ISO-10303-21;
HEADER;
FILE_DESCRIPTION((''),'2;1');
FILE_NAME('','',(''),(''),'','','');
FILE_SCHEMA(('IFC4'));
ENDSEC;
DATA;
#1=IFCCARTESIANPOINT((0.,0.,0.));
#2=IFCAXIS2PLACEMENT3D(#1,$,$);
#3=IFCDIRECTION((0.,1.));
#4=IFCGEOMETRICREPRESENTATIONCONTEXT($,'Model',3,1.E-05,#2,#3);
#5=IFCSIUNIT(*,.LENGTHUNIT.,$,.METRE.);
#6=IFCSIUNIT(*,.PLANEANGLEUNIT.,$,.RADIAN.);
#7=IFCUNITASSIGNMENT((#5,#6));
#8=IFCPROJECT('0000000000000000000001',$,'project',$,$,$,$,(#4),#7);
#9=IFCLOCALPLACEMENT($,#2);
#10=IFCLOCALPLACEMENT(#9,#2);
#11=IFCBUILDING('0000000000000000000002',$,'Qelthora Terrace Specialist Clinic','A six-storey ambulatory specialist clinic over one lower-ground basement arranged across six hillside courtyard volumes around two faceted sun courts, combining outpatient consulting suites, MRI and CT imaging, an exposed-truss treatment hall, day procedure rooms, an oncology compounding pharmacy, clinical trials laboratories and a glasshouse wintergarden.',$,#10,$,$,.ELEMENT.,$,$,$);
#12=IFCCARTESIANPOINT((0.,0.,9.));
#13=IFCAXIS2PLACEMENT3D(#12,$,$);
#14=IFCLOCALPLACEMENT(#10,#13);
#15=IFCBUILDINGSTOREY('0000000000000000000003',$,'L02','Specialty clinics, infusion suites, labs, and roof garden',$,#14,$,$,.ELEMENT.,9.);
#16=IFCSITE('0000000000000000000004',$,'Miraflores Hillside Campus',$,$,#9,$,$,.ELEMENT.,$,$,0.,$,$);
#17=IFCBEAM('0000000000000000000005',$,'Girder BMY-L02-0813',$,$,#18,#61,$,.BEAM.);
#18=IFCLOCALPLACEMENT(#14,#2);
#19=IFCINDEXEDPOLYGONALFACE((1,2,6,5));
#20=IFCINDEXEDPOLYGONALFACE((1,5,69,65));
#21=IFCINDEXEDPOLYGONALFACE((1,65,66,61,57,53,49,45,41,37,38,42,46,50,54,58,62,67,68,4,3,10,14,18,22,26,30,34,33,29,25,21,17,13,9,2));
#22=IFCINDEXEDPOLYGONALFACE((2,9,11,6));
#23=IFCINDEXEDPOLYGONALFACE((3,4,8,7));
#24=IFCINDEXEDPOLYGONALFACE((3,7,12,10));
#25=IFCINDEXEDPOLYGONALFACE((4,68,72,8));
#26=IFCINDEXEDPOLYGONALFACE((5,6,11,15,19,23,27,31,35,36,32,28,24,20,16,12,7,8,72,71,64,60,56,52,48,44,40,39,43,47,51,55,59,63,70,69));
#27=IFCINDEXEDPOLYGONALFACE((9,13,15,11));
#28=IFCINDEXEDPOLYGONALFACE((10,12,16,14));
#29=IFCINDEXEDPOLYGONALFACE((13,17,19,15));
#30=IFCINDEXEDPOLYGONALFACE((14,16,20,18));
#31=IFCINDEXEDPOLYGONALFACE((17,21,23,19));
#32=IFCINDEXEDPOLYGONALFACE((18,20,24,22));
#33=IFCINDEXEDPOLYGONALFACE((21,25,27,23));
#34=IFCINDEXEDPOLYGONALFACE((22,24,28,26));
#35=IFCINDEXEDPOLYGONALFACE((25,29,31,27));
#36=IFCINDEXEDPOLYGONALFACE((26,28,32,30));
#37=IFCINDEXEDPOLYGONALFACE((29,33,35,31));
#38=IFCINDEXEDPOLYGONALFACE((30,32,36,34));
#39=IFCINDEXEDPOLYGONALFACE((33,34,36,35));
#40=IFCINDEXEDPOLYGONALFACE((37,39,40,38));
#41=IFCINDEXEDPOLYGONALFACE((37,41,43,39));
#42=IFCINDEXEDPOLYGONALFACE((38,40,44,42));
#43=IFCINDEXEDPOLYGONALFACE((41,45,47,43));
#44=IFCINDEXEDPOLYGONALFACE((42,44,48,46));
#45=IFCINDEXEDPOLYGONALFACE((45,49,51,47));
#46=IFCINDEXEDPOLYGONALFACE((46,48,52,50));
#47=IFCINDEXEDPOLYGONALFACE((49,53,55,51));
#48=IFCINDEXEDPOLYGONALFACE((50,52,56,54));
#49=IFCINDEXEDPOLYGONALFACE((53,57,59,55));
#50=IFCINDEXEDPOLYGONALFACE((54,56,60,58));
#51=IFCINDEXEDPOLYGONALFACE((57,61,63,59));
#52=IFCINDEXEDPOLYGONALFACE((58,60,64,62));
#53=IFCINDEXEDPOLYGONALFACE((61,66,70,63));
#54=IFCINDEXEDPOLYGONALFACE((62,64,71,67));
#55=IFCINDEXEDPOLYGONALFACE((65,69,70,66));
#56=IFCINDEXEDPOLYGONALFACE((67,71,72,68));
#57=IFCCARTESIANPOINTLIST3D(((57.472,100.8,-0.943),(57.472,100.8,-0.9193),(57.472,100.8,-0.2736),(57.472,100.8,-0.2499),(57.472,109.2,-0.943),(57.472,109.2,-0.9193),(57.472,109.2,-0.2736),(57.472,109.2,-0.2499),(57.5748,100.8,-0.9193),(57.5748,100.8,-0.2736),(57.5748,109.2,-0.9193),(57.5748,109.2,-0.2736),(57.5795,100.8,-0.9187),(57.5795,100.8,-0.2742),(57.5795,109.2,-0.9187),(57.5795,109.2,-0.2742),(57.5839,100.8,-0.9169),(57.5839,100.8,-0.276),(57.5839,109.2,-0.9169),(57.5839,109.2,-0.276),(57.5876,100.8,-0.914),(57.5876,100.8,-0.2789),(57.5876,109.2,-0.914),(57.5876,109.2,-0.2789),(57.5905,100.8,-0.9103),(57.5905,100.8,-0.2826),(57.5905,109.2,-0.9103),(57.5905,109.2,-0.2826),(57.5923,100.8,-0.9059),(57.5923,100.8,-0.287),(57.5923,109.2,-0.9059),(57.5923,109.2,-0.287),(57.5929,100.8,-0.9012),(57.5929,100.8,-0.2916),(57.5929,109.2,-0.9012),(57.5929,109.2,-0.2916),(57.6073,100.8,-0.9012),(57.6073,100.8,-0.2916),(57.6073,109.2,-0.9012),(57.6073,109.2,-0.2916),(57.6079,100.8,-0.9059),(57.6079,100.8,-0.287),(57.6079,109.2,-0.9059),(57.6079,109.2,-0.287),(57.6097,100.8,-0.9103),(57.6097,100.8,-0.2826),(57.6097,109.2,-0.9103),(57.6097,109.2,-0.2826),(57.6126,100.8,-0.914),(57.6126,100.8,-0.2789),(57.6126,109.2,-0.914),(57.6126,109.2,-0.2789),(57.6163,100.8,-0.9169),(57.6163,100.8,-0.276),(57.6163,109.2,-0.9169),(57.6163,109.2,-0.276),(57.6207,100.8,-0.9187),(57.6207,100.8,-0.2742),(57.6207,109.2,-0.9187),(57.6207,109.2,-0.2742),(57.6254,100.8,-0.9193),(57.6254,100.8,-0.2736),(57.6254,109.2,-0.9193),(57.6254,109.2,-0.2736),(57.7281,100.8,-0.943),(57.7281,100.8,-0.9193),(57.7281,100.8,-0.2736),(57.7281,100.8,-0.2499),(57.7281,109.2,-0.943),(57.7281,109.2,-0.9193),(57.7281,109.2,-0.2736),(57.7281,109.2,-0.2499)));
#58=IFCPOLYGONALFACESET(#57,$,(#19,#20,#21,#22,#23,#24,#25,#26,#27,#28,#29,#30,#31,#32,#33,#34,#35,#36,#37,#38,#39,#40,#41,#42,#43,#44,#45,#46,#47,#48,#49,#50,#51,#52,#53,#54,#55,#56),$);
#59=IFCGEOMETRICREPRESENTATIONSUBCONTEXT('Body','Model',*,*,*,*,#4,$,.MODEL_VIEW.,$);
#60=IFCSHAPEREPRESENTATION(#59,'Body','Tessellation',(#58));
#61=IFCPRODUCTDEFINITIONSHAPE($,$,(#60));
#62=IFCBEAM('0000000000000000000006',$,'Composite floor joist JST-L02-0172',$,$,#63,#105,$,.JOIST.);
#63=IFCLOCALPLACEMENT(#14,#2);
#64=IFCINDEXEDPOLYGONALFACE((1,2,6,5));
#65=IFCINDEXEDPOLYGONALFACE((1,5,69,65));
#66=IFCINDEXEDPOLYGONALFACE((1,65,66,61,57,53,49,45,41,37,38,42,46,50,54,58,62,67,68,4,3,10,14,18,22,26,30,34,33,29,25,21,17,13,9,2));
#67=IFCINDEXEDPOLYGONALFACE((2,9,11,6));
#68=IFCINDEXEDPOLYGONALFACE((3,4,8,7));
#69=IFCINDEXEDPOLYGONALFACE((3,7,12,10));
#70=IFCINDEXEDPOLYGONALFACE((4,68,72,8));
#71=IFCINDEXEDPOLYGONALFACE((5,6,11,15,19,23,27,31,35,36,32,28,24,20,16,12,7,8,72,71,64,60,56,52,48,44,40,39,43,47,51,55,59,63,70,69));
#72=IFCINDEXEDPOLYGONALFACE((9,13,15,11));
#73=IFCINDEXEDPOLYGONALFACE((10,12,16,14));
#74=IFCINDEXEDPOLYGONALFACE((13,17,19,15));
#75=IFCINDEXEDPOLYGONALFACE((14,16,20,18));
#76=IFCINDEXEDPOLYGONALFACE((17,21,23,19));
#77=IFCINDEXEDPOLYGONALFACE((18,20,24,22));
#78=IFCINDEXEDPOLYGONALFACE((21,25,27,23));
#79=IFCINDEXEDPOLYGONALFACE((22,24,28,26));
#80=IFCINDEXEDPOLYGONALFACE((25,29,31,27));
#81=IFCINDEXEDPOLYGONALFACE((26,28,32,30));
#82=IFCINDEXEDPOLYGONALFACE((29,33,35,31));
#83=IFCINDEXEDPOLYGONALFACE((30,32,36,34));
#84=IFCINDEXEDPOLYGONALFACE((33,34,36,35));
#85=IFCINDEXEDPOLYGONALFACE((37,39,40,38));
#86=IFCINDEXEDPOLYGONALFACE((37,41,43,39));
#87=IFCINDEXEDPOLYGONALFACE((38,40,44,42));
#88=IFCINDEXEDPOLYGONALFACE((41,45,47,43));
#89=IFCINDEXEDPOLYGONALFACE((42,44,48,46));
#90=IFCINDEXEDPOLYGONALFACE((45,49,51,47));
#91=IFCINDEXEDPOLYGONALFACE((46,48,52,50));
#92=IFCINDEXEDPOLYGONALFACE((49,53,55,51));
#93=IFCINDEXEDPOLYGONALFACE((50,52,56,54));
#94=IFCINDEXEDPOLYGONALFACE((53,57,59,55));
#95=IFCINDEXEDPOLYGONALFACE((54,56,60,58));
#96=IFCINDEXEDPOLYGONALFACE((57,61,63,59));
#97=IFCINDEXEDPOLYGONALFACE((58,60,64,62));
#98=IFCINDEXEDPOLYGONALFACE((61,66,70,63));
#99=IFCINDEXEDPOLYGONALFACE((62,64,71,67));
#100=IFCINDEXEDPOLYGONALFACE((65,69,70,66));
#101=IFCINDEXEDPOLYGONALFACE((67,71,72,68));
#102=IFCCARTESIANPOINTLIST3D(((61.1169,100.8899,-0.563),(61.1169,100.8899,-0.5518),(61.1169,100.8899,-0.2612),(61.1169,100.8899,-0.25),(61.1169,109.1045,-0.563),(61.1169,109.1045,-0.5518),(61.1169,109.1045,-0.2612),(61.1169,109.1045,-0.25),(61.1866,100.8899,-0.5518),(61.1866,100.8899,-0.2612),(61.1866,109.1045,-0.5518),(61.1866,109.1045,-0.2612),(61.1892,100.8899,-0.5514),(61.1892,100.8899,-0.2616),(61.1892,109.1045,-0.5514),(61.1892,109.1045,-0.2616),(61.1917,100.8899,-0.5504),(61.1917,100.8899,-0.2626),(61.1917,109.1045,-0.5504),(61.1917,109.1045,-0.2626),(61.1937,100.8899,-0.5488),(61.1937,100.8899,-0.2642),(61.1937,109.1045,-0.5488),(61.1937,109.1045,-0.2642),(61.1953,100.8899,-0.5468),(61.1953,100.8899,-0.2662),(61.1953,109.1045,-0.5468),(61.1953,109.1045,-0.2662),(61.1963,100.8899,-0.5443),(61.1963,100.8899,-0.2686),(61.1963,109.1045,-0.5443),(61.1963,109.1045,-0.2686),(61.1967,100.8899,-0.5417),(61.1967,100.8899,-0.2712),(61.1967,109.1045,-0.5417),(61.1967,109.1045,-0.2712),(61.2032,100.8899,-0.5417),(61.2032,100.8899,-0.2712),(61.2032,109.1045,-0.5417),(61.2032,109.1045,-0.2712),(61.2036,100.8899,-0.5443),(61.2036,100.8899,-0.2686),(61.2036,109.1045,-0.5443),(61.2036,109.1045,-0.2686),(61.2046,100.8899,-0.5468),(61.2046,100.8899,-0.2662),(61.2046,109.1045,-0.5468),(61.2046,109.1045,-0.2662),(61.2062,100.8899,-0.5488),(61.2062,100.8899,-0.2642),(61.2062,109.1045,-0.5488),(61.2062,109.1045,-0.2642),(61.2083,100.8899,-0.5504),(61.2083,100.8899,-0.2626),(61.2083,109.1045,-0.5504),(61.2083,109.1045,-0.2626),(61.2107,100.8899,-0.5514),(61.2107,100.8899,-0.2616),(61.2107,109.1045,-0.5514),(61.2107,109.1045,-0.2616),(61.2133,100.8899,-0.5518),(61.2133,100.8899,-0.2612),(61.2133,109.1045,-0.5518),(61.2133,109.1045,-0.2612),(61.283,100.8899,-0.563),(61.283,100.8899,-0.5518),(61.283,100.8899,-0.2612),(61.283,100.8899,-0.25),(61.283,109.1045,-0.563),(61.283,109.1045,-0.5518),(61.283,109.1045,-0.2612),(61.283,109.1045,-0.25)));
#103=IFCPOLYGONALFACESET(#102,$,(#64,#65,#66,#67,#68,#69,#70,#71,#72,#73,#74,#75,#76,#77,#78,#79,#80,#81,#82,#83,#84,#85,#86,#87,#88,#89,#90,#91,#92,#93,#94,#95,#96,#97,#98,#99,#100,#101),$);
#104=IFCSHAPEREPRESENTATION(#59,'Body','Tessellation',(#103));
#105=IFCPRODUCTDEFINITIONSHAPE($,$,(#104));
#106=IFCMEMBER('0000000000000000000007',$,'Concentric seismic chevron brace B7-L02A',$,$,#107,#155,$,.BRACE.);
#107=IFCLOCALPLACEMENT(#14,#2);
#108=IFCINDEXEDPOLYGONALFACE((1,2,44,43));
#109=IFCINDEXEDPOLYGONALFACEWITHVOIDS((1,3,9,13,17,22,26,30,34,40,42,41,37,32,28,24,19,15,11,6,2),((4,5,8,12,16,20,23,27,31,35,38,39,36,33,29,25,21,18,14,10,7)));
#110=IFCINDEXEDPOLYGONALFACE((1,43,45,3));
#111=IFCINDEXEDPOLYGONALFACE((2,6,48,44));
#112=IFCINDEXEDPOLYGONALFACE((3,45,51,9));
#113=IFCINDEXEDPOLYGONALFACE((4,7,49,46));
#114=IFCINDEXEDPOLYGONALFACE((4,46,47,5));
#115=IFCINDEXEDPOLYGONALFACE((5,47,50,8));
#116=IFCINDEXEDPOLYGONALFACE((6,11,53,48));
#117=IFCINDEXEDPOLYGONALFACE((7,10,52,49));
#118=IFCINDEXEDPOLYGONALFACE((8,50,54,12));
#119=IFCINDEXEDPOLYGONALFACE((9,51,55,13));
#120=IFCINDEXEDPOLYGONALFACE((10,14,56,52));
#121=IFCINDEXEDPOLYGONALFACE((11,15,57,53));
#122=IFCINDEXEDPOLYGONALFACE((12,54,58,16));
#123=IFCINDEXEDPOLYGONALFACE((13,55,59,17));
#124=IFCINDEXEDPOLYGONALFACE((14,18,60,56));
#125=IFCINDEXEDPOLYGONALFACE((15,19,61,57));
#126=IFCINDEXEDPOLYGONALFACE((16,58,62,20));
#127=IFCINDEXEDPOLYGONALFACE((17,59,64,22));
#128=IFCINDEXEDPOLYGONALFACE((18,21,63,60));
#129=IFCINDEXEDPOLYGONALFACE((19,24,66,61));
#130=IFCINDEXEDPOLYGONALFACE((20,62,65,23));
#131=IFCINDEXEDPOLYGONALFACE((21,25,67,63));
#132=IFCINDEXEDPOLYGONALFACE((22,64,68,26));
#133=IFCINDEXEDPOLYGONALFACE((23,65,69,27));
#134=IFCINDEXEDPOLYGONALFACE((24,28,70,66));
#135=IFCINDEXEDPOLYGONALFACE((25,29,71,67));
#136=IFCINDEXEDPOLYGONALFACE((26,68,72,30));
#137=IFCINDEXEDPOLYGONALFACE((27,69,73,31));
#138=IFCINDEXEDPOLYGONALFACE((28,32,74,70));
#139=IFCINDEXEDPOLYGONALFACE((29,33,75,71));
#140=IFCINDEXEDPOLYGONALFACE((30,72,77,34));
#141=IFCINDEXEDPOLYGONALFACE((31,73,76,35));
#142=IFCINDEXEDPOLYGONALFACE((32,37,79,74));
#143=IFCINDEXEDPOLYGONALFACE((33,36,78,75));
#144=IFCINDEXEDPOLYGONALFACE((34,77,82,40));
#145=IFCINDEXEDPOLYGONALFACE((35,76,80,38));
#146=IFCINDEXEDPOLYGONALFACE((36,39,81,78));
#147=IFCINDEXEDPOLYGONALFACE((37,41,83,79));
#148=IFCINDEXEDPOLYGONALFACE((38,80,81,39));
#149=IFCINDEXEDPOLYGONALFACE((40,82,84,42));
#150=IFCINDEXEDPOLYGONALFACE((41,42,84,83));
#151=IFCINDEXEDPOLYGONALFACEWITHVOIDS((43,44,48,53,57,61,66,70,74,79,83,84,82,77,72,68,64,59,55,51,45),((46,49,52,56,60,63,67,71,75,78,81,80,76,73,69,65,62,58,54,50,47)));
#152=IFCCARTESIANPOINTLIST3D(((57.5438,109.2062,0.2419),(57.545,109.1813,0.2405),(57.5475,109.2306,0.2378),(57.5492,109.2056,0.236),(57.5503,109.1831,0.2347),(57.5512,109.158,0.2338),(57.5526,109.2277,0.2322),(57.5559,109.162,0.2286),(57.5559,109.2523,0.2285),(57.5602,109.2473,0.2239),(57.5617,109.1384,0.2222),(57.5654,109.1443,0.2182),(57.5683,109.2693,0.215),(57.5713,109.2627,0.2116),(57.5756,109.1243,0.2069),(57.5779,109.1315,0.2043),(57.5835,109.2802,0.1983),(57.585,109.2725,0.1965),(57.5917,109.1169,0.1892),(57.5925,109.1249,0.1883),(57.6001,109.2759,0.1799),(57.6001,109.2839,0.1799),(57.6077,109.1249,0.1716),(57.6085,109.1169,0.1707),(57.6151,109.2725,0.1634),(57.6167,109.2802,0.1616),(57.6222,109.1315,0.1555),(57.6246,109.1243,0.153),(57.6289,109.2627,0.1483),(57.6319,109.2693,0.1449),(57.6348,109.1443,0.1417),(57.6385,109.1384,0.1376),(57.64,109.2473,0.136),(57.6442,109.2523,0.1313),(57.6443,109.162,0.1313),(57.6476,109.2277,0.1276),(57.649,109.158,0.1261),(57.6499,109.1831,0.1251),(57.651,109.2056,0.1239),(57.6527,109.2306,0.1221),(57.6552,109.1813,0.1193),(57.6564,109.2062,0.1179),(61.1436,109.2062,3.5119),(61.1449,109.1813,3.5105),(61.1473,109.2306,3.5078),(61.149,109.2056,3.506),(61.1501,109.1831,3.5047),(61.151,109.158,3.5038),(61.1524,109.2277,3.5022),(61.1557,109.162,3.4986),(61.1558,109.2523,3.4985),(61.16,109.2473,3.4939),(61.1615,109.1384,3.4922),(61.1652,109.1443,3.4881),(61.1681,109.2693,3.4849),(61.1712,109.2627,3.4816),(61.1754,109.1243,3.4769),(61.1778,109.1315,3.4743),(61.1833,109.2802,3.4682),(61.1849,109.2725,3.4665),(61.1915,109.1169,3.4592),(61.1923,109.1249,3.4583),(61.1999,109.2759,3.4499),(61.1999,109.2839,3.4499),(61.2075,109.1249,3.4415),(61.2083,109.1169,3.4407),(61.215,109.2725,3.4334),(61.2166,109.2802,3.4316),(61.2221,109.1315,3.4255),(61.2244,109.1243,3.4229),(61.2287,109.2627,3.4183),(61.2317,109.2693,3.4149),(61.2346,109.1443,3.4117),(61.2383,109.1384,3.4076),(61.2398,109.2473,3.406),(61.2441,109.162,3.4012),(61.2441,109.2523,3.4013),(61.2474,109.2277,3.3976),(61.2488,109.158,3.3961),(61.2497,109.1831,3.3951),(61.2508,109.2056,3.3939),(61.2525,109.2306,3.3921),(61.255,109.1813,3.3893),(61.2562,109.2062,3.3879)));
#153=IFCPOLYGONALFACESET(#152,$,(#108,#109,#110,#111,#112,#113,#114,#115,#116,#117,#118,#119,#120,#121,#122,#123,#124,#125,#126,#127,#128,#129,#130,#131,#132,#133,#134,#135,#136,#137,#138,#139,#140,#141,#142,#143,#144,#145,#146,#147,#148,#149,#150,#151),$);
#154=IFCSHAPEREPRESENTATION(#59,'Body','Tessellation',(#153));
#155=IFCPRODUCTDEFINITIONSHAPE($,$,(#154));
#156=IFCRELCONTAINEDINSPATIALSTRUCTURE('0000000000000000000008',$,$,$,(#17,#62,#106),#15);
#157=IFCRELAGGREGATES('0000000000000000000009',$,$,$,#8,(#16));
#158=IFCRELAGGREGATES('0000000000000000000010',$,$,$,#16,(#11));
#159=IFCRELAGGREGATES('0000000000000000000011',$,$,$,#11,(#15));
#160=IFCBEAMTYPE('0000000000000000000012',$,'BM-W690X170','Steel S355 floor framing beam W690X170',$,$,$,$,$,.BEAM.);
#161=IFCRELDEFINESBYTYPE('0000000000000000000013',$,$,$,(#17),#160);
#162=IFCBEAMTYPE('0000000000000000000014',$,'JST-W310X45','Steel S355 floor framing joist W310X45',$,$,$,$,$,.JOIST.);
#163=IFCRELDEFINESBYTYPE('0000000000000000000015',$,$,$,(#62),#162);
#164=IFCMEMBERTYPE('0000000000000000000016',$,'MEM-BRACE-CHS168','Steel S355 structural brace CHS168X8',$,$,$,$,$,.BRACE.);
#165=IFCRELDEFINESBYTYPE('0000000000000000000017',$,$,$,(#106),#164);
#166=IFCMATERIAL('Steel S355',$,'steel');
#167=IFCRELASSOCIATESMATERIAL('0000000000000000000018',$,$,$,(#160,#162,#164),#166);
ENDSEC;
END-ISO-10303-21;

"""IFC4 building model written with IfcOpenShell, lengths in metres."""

from ifc_helpers import new_model, si_unit, direction, frame, origin, origin_2d, place, context, subcontext, project, spatial, hollow_circle, i_section, extrude, material, material_profile, profile_set, type_object, element, save


model = new_model("IFC4")

# Units and contexts
model_context = context("Model", 3, precision=1e-05, world=origin(), true_north=direction((0.0, 1.0)))
body_context = subcontext(model_context, "Body", "Model", "MODEL_VIEW")
ifc_project = project(units=[si_unit("LENGTHUNIT", "METRE"), si_unit("PLANEANGLEUNIT", "RADIAN")], contexts=[model_context])

# Site, building, storey
site_placement = place(None, origin())
site = spatial("IfcSite", under=ifc_project, at=site_placement, Name="Miraflores Hillside Campus", CompositionType="ELEMENT", RefElevation=0.0)
building_placement = place(site_placement, origin())
building = spatial("IfcBuilding", under=site, at=building_placement, Name="Qelthora Terrace Specialist Clinic", Description="A six-storey ambulatory specialist clinic over one lower-ground basement arranged across six hillside courtyard volumes around two faceted sun courts, combining outpatient consulting suites, MRI and CT imaging, an exposed-truss treatment hall, day procedure rooms, an oncology compounding pharmacy, clinical trials laboratories and a glasshouse wintergarden.", CompositionType="ELEMENT")
storey_placement = place(building_placement, frame((0.0, 0.0, 9.0)))
storey = spatial("IfcBuildingStorey", under=building, at=storey_placement, Name="L02", Description="Specialty clinics, infusion suites, labs, and roof garden", CompositionType="ELEMENT", Elevation=9.0)

# Shared definitions
ifc_material_1 = material(Name="Steel S355", Category="steel")

# Beams
ifc_material_profile_1 = material_profile(ifc_material_1, i_section(OverallWidth=0.2561, OverallDepth=0.6931, WebThickness=0.0144, FlangeThickness=0.0237, FilletRadius=0.0181, at=origin_2d()), Name="W690X170")
ifc_profile_set_1 = profile_set([ifc_material_profile_1], Name="Steel S355")
beam_type_1 = type_object("IfcBeamType", Name="BM-W690X170", Description="Steel S355 floor framing beam W690X170", PredefinedType="BEAM", material=ifc_profile_set_1)
beam_1_placement = place(storey_placement, frame((57.6001, 100.8, -0.5964), z_axis=(0.0, 1.0, 0.0), x_axis=(-1.0, 0.0, 0.0)))
element("IfcBeam", 1, at=beam_1_placement, inside=storey, type_object=beam_type_1, Name="Girder BMY-L02-0813", PredefinedType="BEAM", context=body_context, shape_type="SweptSolid", body=[
    extrude(i_section(OverallWidth=0.2561, OverallDepth=0.6931, WebThickness=0.0144, FlangeThickness=0.0237, FilletRadius=0.0181, at=origin_2d()), origin(), (0.0, 0.0, 1.0), 8.3999),
])
ifc_material_profile_2 = material_profile(ifc_material_1, i_section(OverallWidth=0.166, OverallDepth=0.313, WebThickness=0.0066, FlangeThickness=0.0112, FilletRadius=0.01, at=origin_2d()), Name="W310X45")
ifc_profile_set_2 = profile_set([ifc_material_profile_2], Name="Steel S355")
beam_type_2 = type_object("IfcBeamType", Name="JST-W310X45", Description="Steel S355 floor framing joist W310X45", PredefinedType="JOIST", material=ifc_profile_set_2)
beam_2_placement = place(storey_placement, frame((61.2, 100.8899, -0.4065), z_axis=(0.0, 1.0, 0.0), x_axis=(-1.0, 0.0, 0.0)))
element("IfcBeam", 2, at=beam_2_placement, inside=storey, type_object=beam_type_2, Name="Composite floor joist JST-L02-0172", PredefinedType="JOIST", context=body_context, shape_type="SweptSolid", body=[
    extrude(i_section(OverallWidth=0.166, OverallDepth=0.313, WebThickness=0.0066, FlangeThickness=0.0112, FilletRadius=0.01, at=origin_2d()), origin(), (0.0, 0.0, 1.0), 8.2146),
])

# Member
ifc_material_profile_3 = material_profile(ifc_material_1, hollow_circle(Radius=0.084, WallThickness=0.0081, at=origin_2d()), Name="CHS168X8")
ifc_profile_set_3 = profile_set([ifc_material_profile_3], Name="Steel S355")
member_type = type_object("IfcMemberType", Name="MEM-BRACE-CHS168", Description="Steel S355 structural brace CHS168X8", PredefinedType="BRACE", material=ifc_profile_set_3)
member_placement = place(storey_placement, frame((57.6001, 109.2, 0.1799), z_axis=(0.740204, 0.0, 0.672383), x_axis=(0.0, 1.0, 0.0)))
element("IfcMember", 3, at=member_placement, inside=storey, type_object=member_type, Name="Concentric seismic chevron brace B7-L02A", PredefinedType="BRACE", context=body_context, shape_type="SweptSolid", body=[
    extrude(hollow_circle(Radius=0.084, WallThickness=0.0081, at=origin_2d()), origin(), (0.0, 0.0, 1.0), 4.8633),
])

save(model, "model.ifc")
